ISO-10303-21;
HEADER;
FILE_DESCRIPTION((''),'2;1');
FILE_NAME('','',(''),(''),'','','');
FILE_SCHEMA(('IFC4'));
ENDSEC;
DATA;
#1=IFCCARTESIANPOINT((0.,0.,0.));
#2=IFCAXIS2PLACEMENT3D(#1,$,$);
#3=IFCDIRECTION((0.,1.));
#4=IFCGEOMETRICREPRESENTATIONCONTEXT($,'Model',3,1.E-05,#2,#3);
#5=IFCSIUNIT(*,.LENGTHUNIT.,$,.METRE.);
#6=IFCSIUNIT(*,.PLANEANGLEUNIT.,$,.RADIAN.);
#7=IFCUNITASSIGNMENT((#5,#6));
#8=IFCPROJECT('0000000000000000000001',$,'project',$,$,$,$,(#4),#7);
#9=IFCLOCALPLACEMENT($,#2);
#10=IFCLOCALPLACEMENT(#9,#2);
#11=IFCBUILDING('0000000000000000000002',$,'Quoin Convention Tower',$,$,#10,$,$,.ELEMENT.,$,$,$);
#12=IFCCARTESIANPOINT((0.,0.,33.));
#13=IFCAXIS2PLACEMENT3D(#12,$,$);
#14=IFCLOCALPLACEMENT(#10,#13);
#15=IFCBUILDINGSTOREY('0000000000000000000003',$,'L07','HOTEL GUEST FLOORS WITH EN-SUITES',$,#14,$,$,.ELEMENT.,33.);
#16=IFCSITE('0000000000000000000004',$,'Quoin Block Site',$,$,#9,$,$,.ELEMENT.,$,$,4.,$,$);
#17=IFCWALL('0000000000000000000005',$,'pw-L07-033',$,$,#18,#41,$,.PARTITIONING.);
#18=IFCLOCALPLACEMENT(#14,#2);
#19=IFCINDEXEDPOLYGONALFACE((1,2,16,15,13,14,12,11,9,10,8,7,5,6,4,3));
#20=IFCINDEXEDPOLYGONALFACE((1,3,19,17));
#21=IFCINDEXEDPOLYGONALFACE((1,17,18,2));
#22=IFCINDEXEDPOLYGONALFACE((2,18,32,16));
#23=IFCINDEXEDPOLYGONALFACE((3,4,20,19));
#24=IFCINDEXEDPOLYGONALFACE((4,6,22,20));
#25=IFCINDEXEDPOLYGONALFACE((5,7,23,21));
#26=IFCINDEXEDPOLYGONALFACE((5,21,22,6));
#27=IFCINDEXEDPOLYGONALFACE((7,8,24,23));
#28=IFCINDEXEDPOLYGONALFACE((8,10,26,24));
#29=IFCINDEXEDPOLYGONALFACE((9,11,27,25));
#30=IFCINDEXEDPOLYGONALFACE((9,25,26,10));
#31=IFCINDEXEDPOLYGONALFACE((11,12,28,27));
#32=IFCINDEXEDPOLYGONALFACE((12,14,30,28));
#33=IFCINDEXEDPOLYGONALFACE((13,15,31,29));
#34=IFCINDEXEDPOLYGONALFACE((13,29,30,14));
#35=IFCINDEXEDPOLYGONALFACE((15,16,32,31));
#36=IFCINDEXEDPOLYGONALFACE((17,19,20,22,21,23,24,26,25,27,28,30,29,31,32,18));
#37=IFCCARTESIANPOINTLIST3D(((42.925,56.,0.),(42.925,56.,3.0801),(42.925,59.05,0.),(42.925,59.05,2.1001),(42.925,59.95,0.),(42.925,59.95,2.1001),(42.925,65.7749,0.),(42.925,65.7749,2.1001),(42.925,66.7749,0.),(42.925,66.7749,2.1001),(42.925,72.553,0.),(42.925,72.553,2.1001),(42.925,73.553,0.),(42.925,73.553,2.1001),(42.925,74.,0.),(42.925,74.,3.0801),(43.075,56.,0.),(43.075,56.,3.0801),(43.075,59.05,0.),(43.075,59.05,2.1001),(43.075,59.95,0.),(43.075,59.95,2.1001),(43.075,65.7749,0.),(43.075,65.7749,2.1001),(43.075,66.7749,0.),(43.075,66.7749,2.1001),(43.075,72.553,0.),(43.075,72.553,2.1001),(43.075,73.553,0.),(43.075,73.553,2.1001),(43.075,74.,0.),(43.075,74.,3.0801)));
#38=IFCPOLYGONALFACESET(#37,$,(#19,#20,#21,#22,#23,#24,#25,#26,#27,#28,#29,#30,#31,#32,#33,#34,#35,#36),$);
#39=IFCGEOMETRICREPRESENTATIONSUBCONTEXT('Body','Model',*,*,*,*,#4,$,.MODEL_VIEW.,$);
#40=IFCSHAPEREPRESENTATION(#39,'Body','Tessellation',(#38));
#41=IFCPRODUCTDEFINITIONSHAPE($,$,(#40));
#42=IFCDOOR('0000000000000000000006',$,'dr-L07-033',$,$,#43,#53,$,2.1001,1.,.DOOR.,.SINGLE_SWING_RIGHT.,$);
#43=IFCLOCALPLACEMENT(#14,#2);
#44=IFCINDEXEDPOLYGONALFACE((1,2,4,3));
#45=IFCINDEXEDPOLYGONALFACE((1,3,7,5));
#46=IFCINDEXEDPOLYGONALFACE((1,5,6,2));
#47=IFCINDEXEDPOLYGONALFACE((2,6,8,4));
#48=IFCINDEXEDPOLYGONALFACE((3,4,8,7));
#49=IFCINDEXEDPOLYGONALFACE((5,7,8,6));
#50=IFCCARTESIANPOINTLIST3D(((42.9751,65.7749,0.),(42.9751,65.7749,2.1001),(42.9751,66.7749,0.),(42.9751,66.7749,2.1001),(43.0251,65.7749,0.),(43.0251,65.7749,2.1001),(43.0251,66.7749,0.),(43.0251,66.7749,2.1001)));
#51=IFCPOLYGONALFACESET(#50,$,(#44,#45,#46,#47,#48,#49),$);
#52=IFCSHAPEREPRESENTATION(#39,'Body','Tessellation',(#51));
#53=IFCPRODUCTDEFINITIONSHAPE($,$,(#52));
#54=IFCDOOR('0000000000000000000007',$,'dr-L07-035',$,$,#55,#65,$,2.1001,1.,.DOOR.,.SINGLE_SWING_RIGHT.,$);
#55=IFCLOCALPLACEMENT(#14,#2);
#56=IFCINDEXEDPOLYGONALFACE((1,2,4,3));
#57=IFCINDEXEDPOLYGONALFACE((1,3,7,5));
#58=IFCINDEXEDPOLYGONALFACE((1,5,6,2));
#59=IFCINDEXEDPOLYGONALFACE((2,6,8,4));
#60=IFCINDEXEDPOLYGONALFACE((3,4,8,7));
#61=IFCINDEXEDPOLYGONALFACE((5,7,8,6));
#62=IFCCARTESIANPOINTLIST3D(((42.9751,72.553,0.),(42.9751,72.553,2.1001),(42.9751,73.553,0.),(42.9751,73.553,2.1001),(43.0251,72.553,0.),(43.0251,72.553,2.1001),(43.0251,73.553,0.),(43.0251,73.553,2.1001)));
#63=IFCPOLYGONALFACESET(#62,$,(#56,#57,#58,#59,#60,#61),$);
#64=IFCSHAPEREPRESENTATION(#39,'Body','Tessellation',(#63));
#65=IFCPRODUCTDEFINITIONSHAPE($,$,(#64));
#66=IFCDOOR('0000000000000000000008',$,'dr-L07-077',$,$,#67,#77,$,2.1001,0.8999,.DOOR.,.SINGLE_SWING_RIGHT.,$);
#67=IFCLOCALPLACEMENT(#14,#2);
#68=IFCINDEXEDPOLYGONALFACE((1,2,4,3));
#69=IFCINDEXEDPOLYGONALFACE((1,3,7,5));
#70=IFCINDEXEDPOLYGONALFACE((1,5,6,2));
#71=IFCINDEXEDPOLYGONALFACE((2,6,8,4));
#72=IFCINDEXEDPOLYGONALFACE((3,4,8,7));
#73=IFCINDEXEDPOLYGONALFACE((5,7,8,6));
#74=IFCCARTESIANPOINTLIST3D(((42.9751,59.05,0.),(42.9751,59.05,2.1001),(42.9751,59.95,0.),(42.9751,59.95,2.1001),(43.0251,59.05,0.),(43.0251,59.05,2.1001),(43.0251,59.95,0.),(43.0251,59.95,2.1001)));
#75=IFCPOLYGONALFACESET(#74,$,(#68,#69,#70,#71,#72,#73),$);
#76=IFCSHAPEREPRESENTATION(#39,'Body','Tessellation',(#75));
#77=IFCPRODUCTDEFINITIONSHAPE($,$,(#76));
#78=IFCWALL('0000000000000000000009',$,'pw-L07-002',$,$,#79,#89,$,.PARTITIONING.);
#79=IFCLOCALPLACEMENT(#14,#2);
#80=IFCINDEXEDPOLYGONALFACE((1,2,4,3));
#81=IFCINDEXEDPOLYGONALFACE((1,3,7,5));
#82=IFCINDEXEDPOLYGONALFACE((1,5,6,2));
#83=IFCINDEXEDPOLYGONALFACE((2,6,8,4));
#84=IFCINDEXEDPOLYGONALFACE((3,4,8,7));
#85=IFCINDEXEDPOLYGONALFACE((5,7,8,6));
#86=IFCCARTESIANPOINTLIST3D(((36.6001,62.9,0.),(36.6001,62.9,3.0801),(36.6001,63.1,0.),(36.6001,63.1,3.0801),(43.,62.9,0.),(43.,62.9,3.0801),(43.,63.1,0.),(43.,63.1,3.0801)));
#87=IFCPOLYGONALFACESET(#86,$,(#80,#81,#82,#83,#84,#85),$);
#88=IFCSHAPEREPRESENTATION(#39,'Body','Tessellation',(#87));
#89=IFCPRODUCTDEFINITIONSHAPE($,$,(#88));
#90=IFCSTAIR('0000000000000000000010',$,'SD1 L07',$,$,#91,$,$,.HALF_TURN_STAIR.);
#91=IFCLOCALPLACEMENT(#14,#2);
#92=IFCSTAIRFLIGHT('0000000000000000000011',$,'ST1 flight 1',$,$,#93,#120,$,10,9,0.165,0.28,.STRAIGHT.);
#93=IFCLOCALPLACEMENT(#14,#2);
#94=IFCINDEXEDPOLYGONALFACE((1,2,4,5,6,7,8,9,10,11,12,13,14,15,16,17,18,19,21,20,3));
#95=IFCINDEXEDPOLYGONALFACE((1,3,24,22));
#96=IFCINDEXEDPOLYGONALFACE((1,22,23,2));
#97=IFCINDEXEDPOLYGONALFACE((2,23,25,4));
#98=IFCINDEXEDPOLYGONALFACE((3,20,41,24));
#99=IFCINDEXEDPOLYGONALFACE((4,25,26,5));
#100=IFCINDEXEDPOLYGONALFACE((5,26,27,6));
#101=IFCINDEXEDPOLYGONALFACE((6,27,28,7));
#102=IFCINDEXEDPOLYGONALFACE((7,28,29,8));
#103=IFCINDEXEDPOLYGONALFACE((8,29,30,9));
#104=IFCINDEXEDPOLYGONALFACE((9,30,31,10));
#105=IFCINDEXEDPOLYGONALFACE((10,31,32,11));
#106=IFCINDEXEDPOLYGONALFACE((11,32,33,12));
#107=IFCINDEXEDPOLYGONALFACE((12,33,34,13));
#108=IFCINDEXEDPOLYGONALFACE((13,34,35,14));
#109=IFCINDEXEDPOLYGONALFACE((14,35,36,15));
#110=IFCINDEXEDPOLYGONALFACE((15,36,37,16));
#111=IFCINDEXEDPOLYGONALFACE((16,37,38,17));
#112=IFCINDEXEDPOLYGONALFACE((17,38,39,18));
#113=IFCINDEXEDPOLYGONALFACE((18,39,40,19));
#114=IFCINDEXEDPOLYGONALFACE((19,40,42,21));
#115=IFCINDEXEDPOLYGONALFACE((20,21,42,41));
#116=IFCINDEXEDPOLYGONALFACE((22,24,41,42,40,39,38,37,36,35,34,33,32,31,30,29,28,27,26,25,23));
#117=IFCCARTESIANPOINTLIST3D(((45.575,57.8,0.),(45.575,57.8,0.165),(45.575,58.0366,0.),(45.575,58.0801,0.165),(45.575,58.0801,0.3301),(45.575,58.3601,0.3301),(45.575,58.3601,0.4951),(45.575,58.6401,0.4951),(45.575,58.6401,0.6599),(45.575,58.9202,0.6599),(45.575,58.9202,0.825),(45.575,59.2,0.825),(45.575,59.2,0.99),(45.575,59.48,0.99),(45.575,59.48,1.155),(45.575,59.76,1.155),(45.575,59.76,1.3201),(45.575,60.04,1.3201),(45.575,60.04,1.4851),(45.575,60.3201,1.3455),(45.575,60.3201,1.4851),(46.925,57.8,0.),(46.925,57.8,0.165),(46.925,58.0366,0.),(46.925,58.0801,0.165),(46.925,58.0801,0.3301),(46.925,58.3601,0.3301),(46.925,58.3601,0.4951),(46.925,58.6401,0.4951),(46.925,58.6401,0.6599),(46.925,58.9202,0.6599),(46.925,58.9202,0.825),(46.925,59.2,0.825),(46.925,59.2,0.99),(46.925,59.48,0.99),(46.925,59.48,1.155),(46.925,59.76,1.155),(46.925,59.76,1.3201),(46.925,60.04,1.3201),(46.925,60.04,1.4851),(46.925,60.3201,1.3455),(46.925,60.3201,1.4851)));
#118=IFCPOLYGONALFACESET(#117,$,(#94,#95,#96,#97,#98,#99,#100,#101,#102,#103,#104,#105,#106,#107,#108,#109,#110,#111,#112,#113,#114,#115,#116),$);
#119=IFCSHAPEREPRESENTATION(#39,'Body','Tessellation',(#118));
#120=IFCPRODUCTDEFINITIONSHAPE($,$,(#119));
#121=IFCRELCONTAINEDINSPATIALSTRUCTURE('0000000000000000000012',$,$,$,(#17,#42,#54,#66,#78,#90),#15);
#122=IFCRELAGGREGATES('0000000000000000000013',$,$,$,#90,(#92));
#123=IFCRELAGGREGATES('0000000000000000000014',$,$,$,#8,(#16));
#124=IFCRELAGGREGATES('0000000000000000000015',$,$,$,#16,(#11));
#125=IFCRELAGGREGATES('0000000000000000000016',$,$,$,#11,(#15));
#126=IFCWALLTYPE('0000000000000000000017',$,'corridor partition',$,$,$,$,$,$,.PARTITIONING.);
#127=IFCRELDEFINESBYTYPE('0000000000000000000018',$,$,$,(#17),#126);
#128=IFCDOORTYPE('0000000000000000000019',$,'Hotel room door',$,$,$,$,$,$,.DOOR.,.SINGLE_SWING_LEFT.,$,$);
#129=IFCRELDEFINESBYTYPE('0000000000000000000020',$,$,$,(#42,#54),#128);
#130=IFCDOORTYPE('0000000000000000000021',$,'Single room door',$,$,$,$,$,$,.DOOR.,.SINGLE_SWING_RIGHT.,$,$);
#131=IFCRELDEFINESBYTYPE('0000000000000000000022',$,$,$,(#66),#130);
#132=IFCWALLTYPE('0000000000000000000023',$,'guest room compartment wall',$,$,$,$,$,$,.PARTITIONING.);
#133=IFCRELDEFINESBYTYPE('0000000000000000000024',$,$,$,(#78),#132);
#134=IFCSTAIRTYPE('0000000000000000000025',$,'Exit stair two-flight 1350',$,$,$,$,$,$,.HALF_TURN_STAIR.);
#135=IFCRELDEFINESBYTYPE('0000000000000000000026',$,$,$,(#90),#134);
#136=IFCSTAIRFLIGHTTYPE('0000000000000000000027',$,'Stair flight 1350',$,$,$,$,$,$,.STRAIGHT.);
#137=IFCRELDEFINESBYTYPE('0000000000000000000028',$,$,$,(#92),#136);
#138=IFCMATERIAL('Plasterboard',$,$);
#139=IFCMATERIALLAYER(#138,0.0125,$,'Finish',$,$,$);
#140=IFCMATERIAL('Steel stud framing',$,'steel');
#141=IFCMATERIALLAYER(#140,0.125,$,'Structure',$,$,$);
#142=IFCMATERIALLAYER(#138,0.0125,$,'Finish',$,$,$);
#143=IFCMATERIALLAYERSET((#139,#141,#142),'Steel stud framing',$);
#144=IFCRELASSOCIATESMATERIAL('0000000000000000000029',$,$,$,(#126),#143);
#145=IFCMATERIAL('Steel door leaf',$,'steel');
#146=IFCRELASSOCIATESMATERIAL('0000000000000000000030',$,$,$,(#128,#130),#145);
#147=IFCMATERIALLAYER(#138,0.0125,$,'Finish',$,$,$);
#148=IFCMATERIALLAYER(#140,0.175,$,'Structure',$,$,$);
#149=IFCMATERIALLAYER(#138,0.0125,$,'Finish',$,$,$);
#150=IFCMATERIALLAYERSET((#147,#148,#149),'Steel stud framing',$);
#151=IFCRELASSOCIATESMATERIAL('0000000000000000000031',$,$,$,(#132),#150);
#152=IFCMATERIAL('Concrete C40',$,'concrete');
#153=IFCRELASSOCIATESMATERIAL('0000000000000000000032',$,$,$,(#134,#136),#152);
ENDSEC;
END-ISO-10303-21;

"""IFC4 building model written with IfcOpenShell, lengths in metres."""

from ifc_helpers import new_model, si_unit, direction, frame, frame_2d, origin, place, context, subcontext, project, spatial, polyline, rectangle, outline, extrude, material, layer, layer_set, type_object, element, fill, aggregate, save


model = new_model("IFC4")

# Units and contexts
model_context = context("Model", 3, precision=1e-05, world=origin(), true_north=direction((0.0, 1.0)))
body_context = subcontext(model_context, "Body", "Model", "MODEL_VIEW")
ifc_project = project(units=[si_unit("LENGTHUNIT", "METRE"), si_unit("PLANEANGLEUNIT", "RADIAN")], contexts=[model_context])

# Site, building, storey
site_placement = place(None, origin())
site = spatial("IfcSite", under=ifc_project, at=site_placement, Name="Quoin Block Site", CompositionType="ELEMENT", RefElevation=4.0)
building_placement = place(site_placement, origin())
building = spatial("IfcBuilding", under=site, at=building_placement, Name="Quoin Convention Tower", CompositionType="ELEMENT")
storey_placement = place(building_placement, frame((0.0, 0.0, 33.0)))
storey = spatial("IfcBuildingStorey", under=building, at=storey_placement, Name="L07", Description="HOTEL GUEST FLOORS WITH EN-SUITES", CompositionType="ELEMENT", Elevation=33.0)

# Shared definitions
ifc_material_1 = material(Name="Plasterboard")
ifc_material_2 = material(Name="Steel stud framing", Category="steel")
ifc_material_3 = material(Name="Steel door leaf", Category="steel")

# Wall, openings, doors
ifc_layer_1 = layer(ifc_material_1, 0.0125, Name="Finish")
ifc_layer_2 = layer(ifc_material_2, 0.125, Name="Structure")
ifc_layer_3 = layer(ifc_material_1, 0.0125, Name="Finish")
ifc_layer_set_1 = layer_set([ifc_layer_1, ifc_layer_2, ifc_layer_3], Name="Steel stud framing")
wall_type_1 = type_object("IfcWallType", Name="corridor partition", PredefinedType="PARTITIONING", material=ifc_layer_set_1)
wall_1_placement = place(storey_placement, frame((43.0, 56.0, 0.0), z_axis=(0.0, 0.0, 1.0), x_axis=(0.0, 1.0, 0.0)))
wall_1 = element("IfcWall", 1, at=wall_1_placement, inside=storey, type_object=wall_type_1, Name="pw-L07-033", PredefinedType="PARTITIONING", context=body_context, shape_type="SweptSolid", body=[
    extrude(rectangle(XDim=18.0, YDim=0.1499, at=frame_2d((9.0, 0.0))), origin(), (0.0, 0.0, 1.0), 3.0801),
])
opening_1_placement = place(wall_1_placement, frame((9.7749, 0.0, 0.0)))
opening_1 = element("IfcOpeningElement", 2, at=opening_1_placement, cuts=wall_1, PredefinedType="OPENING", context=body_context, shape_type="SweptSolid", body=[
    extrude(rectangle(XDim=1.0, YDim=2.1001, at=frame_2d((0.5, 1.05))), frame((0.0, 0.085, 0.0), z_axis=(0.0, -1.0, 0.0), x_axis=(1.0, 0.0, 0.0)), (0.0, 0.0, 1.0), 0.1699),
])
opening_2_placement = place(wall_1_placement, frame((16.553, 0.0, 0.0)))
opening_2 = element("IfcOpeningElement", 3, at=opening_2_placement, cuts=wall_1, PredefinedType="OPENING", context=body_context, shape_type="SweptSolid", body=[
    extrude(rectangle(XDim=1.0, YDim=2.1001, at=frame_2d((0.5, 1.05))), frame((0.0, 0.085, 0.0), z_axis=(0.0, -1.0, 0.0), x_axis=(1.0, 0.0, 0.0)), (0.0, 0.0, 1.0), 0.1699),
])
opening_3_placement = place(wall_1_placement, frame((3.05, 0.0, 0.0)))
opening_3 = element("IfcOpeningElement", 4, at=opening_3_placement, cuts=wall_1, PredefinedType="OPENING", context=body_context, shape_type="SweptSolid", body=[
    extrude(rectangle(XDim=0.8999, YDim=2.1001, at=frame_2d((0.45, 1.05))), frame((0.0, 0.085, 0.0), z_axis=(0.0, -1.0, 0.0), x_axis=(1.0, 0.0, 0.0)), (0.0, 0.0, 1.0), 0.1699),
])
door_type_1 = type_object("IfcDoorType", Name="Hotel room door", OperationType="SINGLE_SWING_LEFT", PredefinedType="DOOR", material=ifc_material_3)
door_1_placement = place(opening_1_placement, origin())
door_1 = element("IfcDoor", 5, at=door_1_placement, inside=storey, type_object=door_type_1, Name="dr-L07-033", OperationType="SINGLE_SWING_RIGHT", OverallHeight=2.1001, OverallWidth=1.0, PredefinedType="DOOR", context=body_context, shape_type="SweptSolid", body=[
    extrude(rectangle(XDim=1.0, YDim=2.1001, at=frame_2d((0.5, 1.05))), frame((0.0, 0.0249, 0.0), z_axis=(0.0, -1.0, 0.0), x_axis=(1.0, 0.0, 0.0)), (0.0, 0.0, 1.0), 0.05),
])
fill(opening_1, door_1)
door_2_placement = place(opening_2_placement, origin())
door_2 = element("IfcDoor", 6, at=door_2_placement, inside=storey, type_object=door_type_1, Name="dr-L07-035", OperationType="SINGLE_SWING_RIGHT", OverallHeight=2.1001, OverallWidth=1.0, PredefinedType="DOOR", context=body_context, shape_type="SweptSolid", body=[
    extrude(rectangle(XDim=1.0, YDim=2.1001, at=frame_2d((0.5, 1.05))), frame((0.0, 0.0249, 0.0), z_axis=(0.0, -1.0, 0.0), x_axis=(1.0, 0.0, 0.0)), (0.0, 0.0, 1.0), 0.05),
])
fill(opening_2, door_2)
door_type_2 = type_object("IfcDoorType", Name="Single room door", OperationType="SINGLE_SWING_RIGHT", PredefinedType="DOOR", material=ifc_material_3)
door_3_placement = place(opening_3_placement, origin())
door_3 = element("IfcDoor", 7, at=door_3_placement, inside=storey, type_object=door_type_2, Name="dr-L07-077", OperationType="SINGLE_SWING_RIGHT", OverallHeight=2.1001, OverallWidth=0.8999, PredefinedType="DOOR", context=body_context, shape_type="SweptSolid", body=[
    extrude(rectangle(XDim=0.8999, YDim=2.1001, at=frame_2d((0.45, 1.05))), frame((0.0, 0.0249, 0.0), z_axis=(0.0, -1.0, 0.0), x_axis=(1.0, 0.0, 0.0)), (0.0, 0.0, 1.0), 0.05),
])
fill(opening_3, door_3)

# Wall
ifc_layer_4 = layer(ifc_material_1, 0.0125, Name="Finish")
ifc_layer_5 = layer(ifc_material_2, 0.175, Name="Structure")
ifc_layer_6 = layer(ifc_material_1, 0.0125, Name="Finish")
ifc_layer_set_2 = layer_set([ifc_layer_4, ifc_layer_5, ifc_layer_6], Name="Steel stud framing")
wall_type_2 = type_object("IfcWallType", Name="guest room compartment wall", PredefinedType="PARTITIONING", material=ifc_layer_set_2)
wall_2_placement = place(storey_placement, frame((36.6001, 63.0, 0.0), z_axis=(0.0, 0.0, 1.0), x_axis=(1.0, 0.0, 0.0)))
element("IfcWall", 8, at=wall_2_placement, inside=storey, type_object=wall_type_2, Name="pw-L07-002", PredefinedType="PARTITIONING", context=body_context, shape_type="SweptSolid", body=[
    extrude(rectangle(XDim=6.3999, YDim=0.2, at=frame_2d((3.2, 0.0))), origin(), (0.0, 0.0, 1.0), 3.0801),
])

# Stair, stair flight
ifc_material_4 = material(Name="Concrete C40", Category="concrete")
stair_type = type_object("IfcStairType", Name="Exit stair two-flight 1350", PredefinedType="HALF_TURN_STAIR", material=ifc_material_4)
stair_placement = place(storey_placement, origin())
stair = element("IfcStair", 9, at=stair_placement, inside=storey, type_object=stair_type, Name="SD1 L07", PredefinedType="HALF_TURN_STAIR")
stair_flight_type = type_object("IfcStairFlightType", Name="Stair flight 1350", PredefinedType="STRAIGHT", material=ifc_material_4)
stair_flight_placement = place(storey_placement, frame((46.25, 57.8, 0.0), z_axis=(0.0, 0.0, 1.0), x_axis=(0.0, 1.0, 0.0)))
stair_flight = element("IfcStairFlight", 10, at=stair_flight_placement, type_object=stair_flight_type, Name="ST1 flight 1", NumberOfRisers=10, NumberOfTreads=9, PredefinedType="STRAIGHT", RiserHeight=0.165, TreadLength=0.28, context=body_context, shape_type="SweptSolid", body=[
    extrude(outline(polyline([(0.0, 0.0), (0.0, 0.165), (0.28, 0.165), (0.28, 0.3301), (0.5601, 0.3301), (0.5601, 0.4951), (0.8401, 0.4951), (0.8401, 0.6599), (1.1201, 0.6599), (1.1201, 0.825), (1.3999, 0.825), (1.3999, 0.99), (1.6799, 0.99), (1.6799, 1.155), (1.96, 1.155), (1.96, 1.3201), (2.24, 1.3201), (2.24, 1.4851), (2.52, 1.4851), (2.52, 1.6499), (2.52, 1.3455), (0.2366, 0.0), (0.0, 0.0)])), frame((0.0, 0.675, 0.0), z_axis=(0.0, -1.0, 0.0), x_axis=(1.0, 0.0, 0.0)), (0.0, 0.0, 1.0), 1.3501),
])
aggregate(stair, [stair_flight])

save(model, "model.ifc")
